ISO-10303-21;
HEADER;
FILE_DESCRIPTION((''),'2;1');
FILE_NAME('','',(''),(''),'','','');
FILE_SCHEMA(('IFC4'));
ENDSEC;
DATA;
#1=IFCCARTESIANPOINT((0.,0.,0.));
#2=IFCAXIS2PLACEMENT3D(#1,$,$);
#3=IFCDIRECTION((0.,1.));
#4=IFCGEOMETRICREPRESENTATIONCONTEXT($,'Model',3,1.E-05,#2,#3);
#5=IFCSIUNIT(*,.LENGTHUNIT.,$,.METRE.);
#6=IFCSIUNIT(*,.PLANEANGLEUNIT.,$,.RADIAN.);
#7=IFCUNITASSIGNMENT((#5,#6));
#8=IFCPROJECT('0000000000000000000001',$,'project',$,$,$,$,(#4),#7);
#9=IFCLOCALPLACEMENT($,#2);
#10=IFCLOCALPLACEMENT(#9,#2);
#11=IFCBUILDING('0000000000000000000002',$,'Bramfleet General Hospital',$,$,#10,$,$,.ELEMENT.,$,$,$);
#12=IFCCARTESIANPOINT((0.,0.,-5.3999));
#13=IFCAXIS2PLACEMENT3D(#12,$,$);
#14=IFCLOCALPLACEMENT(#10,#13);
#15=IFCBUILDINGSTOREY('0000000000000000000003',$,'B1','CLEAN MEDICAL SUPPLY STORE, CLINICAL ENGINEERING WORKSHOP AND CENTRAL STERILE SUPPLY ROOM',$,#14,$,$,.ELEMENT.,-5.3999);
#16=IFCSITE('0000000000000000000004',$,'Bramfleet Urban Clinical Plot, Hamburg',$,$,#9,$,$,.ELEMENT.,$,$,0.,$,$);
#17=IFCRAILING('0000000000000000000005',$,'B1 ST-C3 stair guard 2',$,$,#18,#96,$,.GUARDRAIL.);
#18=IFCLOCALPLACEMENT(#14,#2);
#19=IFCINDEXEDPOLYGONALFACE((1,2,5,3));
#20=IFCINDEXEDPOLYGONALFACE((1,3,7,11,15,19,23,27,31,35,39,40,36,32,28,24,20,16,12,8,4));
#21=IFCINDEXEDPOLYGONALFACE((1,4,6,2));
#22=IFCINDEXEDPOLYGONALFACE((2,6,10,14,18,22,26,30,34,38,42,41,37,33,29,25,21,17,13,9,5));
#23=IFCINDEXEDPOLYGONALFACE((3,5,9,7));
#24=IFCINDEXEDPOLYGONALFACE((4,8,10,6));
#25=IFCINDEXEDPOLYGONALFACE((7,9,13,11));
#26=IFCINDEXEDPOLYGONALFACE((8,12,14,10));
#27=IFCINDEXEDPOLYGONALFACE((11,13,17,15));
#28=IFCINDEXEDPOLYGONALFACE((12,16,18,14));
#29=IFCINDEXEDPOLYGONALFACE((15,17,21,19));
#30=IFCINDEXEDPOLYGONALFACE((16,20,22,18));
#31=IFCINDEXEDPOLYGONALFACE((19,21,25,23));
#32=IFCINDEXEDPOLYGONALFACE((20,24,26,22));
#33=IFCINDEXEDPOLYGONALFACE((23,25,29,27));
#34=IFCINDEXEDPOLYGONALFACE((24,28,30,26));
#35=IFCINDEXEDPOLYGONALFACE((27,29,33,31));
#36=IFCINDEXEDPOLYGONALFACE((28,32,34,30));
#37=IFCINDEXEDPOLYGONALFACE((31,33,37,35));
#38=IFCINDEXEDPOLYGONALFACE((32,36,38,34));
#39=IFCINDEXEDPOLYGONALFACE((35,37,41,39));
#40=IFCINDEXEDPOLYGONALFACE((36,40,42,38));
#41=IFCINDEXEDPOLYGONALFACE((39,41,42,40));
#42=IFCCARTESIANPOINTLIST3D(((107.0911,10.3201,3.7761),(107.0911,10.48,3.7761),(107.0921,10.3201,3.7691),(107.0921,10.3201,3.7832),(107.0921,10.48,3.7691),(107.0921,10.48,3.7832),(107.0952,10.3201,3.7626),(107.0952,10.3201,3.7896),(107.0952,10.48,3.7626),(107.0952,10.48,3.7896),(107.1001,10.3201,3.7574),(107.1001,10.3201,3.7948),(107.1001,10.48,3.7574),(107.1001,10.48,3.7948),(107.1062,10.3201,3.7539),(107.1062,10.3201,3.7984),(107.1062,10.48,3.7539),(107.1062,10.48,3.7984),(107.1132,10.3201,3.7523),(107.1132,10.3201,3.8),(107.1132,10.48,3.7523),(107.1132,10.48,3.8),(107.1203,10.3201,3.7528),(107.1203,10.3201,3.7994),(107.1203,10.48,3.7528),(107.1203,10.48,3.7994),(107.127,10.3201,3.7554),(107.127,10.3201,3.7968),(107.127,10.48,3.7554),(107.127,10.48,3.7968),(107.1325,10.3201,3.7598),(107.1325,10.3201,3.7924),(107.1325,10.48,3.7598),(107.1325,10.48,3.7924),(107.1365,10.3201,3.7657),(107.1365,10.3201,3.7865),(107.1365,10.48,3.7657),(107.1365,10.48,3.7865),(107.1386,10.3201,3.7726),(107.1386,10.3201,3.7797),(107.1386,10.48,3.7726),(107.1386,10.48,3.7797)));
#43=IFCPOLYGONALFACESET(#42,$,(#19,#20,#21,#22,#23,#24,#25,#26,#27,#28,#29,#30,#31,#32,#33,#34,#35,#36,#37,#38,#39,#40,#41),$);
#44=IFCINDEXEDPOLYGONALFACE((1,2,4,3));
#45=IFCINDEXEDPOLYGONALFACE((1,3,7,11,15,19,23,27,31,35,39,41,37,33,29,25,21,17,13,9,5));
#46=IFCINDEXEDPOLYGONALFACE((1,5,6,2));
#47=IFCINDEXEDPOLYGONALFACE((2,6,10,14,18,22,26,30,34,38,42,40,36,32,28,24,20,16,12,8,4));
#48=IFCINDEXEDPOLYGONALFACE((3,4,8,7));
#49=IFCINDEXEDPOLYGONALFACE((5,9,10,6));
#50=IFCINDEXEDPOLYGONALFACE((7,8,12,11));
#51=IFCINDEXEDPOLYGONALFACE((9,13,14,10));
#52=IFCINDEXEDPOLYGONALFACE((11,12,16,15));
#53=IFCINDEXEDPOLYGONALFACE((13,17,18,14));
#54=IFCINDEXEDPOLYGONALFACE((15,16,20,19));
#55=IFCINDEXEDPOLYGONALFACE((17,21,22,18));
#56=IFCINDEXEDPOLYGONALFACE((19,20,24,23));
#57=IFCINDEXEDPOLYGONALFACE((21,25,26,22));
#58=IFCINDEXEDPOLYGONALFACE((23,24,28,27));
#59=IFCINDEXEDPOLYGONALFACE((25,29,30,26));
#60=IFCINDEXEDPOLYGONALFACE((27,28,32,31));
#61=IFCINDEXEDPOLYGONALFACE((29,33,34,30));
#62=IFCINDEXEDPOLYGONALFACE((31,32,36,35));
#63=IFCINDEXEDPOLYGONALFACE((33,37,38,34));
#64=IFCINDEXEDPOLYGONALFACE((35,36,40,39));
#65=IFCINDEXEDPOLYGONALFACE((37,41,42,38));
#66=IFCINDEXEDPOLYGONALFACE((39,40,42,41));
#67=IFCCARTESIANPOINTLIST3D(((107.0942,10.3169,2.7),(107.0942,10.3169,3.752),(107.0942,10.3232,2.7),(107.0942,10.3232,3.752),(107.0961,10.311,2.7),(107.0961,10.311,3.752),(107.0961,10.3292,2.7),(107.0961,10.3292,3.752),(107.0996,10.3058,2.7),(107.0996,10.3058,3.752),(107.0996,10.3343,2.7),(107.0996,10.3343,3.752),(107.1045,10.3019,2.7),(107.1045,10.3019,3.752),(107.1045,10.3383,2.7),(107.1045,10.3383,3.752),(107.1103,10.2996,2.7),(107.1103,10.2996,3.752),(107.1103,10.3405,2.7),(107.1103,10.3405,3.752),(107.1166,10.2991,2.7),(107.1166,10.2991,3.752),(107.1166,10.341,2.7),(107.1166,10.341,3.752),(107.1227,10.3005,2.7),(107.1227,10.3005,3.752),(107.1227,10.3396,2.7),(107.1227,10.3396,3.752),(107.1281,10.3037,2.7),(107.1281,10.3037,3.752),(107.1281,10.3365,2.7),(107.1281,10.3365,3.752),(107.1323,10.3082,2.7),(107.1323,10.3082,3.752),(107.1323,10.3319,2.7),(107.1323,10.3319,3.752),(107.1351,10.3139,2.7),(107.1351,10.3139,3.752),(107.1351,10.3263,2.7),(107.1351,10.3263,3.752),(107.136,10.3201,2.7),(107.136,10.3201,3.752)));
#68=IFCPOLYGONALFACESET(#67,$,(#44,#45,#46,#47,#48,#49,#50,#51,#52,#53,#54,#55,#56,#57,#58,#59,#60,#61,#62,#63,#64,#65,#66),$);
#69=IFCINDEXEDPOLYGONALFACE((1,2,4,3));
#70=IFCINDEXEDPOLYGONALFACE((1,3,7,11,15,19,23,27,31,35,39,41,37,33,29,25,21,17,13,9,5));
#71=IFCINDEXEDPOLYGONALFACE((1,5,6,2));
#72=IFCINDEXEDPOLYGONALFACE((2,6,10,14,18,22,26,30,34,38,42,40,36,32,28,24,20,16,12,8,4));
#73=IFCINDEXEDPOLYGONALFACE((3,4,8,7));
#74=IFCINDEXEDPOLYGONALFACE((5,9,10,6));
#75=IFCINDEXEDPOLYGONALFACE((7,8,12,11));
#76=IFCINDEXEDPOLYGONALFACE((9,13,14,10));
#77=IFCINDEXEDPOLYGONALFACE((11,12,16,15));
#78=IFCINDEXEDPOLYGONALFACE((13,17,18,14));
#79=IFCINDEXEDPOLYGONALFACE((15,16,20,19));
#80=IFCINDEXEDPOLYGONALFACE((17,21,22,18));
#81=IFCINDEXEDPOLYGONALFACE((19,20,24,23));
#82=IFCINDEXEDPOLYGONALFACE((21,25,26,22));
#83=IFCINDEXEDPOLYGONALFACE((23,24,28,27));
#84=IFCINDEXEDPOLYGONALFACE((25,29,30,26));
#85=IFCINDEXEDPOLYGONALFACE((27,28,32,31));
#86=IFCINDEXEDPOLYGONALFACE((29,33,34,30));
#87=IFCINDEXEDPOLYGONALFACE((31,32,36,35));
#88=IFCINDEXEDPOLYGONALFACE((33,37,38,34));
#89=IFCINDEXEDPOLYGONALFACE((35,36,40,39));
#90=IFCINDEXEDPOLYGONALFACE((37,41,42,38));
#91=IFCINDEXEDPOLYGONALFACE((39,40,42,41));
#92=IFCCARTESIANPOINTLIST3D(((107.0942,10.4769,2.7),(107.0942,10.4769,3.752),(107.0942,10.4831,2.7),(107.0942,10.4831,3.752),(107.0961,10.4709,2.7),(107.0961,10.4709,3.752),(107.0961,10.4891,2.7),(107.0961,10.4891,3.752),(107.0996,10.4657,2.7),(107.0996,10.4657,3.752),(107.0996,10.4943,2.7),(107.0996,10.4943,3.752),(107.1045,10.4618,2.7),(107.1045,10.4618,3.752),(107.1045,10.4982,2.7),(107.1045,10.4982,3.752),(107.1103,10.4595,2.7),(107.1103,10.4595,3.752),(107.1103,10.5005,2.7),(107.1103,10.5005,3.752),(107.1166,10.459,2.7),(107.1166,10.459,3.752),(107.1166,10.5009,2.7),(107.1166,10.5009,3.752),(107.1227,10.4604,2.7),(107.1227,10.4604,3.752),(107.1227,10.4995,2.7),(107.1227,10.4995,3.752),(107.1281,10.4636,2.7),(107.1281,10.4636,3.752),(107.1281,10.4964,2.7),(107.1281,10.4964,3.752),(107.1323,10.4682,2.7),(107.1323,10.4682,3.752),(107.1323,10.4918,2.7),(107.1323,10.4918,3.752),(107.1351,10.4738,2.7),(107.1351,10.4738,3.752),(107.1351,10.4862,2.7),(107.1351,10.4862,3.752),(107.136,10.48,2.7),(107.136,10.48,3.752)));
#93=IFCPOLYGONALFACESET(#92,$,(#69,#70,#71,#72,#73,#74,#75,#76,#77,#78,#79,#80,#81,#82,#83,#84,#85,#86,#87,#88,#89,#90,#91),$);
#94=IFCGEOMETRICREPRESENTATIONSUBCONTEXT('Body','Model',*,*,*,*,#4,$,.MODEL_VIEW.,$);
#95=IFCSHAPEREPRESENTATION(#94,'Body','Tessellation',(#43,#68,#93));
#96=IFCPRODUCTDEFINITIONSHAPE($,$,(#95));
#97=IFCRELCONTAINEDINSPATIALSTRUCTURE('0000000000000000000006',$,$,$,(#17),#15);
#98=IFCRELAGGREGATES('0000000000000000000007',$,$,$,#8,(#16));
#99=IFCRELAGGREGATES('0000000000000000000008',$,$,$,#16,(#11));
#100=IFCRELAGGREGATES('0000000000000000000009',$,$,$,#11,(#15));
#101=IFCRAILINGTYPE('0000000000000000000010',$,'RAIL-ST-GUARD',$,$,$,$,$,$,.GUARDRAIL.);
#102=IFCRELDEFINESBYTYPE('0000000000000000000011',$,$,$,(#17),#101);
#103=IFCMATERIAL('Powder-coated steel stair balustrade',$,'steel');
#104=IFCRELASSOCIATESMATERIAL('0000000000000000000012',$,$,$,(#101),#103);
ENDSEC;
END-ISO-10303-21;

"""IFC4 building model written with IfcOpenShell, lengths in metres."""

from ifc_helpers import new_model, si_unit, direction, frame, origin, origin_2d, place, context, subcontext, project, spatial, circle, extrude, material, type_object, element, save


model = new_model("IFC4")

# Units and contexts
model_context = context("Model", 3, precision=1e-05, world=origin(), true_north=direction((0.0, 1.0)))
body_context = subcontext(model_context, "Body", "Model", "MODEL_VIEW")
ifc_project = project(units=[si_unit("LENGTHUNIT", "METRE"), si_unit("PLANEANGLEUNIT", "RADIAN")], contexts=[model_context])

# Site, building, storey
site_placement = place(None, origin())
site = spatial("IfcSite", under=ifc_project, at=site_placement, Name="Bramfleet Urban Clinical Plot, Hamburg", CompositionType="ELEMENT", RefElevation=0.0)
building_placement = place(site_placement, origin())
building = spatial("IfcBuilding", under=site, at=building_placement, Name="Bramfleet General Hospital", CompositionType="ELEMENT")
storey_placement = place(building_placement, frame((0.0, 0.0, -5.3999)))
storey = spatial("IfcBuildingStorey", under=building, at=storey_placement, Name="B1", Description="CLEAN MEDICAL SUPPLY STORE, CLINICAL ENGINEERING WORKSHOP AND CENTRAL STERILE SUPPLY ROOM", CompositionType="ELEMENT", Elevation=-5.3999)

# Railing
ifc_material_1 = material(Name="Powder-coated steel stair balustrade", Category="steel")
railing_type_1 = type_object("IfcRailingType", Name="RAIL-ST-GUARD", PredefinedType="GUARDRAIL", material=ifc_material_1)
railing_1_placement = place(storey_placement, frame((107.115, 10.3201, 2.7)))
element("IfcRailing", 1, at=railing_1_placement, inside=storey, type_object=railing_type_1, Name="B1 ST-C3 stair guard 2", PredefinedType="GUARDRAIL", context=body_context, shape_type="SweptSolid", body=[
    extrude(circle(Radius=0.0239, at=origin_2d()), frame((0.0, 0.0, 1.0762), z_axis=(0.0, 1.0, 0.0), x_axis=(-1.0, 0.0, 0.0)), (0.0, 0.0, 1.0), 0.1599),
    extrude(circle(Radius=0.021, at=origin_2d()), origin(), (0.0, 0.0, 1.0), 1.052),
    extrude(circle(Radius=0.021, at=origin_2d()), frame((0.0, 0.1599, 0.0)), (0.0, 0.0, 1.0), 1.052),
])

save(model, "model.ifc")
